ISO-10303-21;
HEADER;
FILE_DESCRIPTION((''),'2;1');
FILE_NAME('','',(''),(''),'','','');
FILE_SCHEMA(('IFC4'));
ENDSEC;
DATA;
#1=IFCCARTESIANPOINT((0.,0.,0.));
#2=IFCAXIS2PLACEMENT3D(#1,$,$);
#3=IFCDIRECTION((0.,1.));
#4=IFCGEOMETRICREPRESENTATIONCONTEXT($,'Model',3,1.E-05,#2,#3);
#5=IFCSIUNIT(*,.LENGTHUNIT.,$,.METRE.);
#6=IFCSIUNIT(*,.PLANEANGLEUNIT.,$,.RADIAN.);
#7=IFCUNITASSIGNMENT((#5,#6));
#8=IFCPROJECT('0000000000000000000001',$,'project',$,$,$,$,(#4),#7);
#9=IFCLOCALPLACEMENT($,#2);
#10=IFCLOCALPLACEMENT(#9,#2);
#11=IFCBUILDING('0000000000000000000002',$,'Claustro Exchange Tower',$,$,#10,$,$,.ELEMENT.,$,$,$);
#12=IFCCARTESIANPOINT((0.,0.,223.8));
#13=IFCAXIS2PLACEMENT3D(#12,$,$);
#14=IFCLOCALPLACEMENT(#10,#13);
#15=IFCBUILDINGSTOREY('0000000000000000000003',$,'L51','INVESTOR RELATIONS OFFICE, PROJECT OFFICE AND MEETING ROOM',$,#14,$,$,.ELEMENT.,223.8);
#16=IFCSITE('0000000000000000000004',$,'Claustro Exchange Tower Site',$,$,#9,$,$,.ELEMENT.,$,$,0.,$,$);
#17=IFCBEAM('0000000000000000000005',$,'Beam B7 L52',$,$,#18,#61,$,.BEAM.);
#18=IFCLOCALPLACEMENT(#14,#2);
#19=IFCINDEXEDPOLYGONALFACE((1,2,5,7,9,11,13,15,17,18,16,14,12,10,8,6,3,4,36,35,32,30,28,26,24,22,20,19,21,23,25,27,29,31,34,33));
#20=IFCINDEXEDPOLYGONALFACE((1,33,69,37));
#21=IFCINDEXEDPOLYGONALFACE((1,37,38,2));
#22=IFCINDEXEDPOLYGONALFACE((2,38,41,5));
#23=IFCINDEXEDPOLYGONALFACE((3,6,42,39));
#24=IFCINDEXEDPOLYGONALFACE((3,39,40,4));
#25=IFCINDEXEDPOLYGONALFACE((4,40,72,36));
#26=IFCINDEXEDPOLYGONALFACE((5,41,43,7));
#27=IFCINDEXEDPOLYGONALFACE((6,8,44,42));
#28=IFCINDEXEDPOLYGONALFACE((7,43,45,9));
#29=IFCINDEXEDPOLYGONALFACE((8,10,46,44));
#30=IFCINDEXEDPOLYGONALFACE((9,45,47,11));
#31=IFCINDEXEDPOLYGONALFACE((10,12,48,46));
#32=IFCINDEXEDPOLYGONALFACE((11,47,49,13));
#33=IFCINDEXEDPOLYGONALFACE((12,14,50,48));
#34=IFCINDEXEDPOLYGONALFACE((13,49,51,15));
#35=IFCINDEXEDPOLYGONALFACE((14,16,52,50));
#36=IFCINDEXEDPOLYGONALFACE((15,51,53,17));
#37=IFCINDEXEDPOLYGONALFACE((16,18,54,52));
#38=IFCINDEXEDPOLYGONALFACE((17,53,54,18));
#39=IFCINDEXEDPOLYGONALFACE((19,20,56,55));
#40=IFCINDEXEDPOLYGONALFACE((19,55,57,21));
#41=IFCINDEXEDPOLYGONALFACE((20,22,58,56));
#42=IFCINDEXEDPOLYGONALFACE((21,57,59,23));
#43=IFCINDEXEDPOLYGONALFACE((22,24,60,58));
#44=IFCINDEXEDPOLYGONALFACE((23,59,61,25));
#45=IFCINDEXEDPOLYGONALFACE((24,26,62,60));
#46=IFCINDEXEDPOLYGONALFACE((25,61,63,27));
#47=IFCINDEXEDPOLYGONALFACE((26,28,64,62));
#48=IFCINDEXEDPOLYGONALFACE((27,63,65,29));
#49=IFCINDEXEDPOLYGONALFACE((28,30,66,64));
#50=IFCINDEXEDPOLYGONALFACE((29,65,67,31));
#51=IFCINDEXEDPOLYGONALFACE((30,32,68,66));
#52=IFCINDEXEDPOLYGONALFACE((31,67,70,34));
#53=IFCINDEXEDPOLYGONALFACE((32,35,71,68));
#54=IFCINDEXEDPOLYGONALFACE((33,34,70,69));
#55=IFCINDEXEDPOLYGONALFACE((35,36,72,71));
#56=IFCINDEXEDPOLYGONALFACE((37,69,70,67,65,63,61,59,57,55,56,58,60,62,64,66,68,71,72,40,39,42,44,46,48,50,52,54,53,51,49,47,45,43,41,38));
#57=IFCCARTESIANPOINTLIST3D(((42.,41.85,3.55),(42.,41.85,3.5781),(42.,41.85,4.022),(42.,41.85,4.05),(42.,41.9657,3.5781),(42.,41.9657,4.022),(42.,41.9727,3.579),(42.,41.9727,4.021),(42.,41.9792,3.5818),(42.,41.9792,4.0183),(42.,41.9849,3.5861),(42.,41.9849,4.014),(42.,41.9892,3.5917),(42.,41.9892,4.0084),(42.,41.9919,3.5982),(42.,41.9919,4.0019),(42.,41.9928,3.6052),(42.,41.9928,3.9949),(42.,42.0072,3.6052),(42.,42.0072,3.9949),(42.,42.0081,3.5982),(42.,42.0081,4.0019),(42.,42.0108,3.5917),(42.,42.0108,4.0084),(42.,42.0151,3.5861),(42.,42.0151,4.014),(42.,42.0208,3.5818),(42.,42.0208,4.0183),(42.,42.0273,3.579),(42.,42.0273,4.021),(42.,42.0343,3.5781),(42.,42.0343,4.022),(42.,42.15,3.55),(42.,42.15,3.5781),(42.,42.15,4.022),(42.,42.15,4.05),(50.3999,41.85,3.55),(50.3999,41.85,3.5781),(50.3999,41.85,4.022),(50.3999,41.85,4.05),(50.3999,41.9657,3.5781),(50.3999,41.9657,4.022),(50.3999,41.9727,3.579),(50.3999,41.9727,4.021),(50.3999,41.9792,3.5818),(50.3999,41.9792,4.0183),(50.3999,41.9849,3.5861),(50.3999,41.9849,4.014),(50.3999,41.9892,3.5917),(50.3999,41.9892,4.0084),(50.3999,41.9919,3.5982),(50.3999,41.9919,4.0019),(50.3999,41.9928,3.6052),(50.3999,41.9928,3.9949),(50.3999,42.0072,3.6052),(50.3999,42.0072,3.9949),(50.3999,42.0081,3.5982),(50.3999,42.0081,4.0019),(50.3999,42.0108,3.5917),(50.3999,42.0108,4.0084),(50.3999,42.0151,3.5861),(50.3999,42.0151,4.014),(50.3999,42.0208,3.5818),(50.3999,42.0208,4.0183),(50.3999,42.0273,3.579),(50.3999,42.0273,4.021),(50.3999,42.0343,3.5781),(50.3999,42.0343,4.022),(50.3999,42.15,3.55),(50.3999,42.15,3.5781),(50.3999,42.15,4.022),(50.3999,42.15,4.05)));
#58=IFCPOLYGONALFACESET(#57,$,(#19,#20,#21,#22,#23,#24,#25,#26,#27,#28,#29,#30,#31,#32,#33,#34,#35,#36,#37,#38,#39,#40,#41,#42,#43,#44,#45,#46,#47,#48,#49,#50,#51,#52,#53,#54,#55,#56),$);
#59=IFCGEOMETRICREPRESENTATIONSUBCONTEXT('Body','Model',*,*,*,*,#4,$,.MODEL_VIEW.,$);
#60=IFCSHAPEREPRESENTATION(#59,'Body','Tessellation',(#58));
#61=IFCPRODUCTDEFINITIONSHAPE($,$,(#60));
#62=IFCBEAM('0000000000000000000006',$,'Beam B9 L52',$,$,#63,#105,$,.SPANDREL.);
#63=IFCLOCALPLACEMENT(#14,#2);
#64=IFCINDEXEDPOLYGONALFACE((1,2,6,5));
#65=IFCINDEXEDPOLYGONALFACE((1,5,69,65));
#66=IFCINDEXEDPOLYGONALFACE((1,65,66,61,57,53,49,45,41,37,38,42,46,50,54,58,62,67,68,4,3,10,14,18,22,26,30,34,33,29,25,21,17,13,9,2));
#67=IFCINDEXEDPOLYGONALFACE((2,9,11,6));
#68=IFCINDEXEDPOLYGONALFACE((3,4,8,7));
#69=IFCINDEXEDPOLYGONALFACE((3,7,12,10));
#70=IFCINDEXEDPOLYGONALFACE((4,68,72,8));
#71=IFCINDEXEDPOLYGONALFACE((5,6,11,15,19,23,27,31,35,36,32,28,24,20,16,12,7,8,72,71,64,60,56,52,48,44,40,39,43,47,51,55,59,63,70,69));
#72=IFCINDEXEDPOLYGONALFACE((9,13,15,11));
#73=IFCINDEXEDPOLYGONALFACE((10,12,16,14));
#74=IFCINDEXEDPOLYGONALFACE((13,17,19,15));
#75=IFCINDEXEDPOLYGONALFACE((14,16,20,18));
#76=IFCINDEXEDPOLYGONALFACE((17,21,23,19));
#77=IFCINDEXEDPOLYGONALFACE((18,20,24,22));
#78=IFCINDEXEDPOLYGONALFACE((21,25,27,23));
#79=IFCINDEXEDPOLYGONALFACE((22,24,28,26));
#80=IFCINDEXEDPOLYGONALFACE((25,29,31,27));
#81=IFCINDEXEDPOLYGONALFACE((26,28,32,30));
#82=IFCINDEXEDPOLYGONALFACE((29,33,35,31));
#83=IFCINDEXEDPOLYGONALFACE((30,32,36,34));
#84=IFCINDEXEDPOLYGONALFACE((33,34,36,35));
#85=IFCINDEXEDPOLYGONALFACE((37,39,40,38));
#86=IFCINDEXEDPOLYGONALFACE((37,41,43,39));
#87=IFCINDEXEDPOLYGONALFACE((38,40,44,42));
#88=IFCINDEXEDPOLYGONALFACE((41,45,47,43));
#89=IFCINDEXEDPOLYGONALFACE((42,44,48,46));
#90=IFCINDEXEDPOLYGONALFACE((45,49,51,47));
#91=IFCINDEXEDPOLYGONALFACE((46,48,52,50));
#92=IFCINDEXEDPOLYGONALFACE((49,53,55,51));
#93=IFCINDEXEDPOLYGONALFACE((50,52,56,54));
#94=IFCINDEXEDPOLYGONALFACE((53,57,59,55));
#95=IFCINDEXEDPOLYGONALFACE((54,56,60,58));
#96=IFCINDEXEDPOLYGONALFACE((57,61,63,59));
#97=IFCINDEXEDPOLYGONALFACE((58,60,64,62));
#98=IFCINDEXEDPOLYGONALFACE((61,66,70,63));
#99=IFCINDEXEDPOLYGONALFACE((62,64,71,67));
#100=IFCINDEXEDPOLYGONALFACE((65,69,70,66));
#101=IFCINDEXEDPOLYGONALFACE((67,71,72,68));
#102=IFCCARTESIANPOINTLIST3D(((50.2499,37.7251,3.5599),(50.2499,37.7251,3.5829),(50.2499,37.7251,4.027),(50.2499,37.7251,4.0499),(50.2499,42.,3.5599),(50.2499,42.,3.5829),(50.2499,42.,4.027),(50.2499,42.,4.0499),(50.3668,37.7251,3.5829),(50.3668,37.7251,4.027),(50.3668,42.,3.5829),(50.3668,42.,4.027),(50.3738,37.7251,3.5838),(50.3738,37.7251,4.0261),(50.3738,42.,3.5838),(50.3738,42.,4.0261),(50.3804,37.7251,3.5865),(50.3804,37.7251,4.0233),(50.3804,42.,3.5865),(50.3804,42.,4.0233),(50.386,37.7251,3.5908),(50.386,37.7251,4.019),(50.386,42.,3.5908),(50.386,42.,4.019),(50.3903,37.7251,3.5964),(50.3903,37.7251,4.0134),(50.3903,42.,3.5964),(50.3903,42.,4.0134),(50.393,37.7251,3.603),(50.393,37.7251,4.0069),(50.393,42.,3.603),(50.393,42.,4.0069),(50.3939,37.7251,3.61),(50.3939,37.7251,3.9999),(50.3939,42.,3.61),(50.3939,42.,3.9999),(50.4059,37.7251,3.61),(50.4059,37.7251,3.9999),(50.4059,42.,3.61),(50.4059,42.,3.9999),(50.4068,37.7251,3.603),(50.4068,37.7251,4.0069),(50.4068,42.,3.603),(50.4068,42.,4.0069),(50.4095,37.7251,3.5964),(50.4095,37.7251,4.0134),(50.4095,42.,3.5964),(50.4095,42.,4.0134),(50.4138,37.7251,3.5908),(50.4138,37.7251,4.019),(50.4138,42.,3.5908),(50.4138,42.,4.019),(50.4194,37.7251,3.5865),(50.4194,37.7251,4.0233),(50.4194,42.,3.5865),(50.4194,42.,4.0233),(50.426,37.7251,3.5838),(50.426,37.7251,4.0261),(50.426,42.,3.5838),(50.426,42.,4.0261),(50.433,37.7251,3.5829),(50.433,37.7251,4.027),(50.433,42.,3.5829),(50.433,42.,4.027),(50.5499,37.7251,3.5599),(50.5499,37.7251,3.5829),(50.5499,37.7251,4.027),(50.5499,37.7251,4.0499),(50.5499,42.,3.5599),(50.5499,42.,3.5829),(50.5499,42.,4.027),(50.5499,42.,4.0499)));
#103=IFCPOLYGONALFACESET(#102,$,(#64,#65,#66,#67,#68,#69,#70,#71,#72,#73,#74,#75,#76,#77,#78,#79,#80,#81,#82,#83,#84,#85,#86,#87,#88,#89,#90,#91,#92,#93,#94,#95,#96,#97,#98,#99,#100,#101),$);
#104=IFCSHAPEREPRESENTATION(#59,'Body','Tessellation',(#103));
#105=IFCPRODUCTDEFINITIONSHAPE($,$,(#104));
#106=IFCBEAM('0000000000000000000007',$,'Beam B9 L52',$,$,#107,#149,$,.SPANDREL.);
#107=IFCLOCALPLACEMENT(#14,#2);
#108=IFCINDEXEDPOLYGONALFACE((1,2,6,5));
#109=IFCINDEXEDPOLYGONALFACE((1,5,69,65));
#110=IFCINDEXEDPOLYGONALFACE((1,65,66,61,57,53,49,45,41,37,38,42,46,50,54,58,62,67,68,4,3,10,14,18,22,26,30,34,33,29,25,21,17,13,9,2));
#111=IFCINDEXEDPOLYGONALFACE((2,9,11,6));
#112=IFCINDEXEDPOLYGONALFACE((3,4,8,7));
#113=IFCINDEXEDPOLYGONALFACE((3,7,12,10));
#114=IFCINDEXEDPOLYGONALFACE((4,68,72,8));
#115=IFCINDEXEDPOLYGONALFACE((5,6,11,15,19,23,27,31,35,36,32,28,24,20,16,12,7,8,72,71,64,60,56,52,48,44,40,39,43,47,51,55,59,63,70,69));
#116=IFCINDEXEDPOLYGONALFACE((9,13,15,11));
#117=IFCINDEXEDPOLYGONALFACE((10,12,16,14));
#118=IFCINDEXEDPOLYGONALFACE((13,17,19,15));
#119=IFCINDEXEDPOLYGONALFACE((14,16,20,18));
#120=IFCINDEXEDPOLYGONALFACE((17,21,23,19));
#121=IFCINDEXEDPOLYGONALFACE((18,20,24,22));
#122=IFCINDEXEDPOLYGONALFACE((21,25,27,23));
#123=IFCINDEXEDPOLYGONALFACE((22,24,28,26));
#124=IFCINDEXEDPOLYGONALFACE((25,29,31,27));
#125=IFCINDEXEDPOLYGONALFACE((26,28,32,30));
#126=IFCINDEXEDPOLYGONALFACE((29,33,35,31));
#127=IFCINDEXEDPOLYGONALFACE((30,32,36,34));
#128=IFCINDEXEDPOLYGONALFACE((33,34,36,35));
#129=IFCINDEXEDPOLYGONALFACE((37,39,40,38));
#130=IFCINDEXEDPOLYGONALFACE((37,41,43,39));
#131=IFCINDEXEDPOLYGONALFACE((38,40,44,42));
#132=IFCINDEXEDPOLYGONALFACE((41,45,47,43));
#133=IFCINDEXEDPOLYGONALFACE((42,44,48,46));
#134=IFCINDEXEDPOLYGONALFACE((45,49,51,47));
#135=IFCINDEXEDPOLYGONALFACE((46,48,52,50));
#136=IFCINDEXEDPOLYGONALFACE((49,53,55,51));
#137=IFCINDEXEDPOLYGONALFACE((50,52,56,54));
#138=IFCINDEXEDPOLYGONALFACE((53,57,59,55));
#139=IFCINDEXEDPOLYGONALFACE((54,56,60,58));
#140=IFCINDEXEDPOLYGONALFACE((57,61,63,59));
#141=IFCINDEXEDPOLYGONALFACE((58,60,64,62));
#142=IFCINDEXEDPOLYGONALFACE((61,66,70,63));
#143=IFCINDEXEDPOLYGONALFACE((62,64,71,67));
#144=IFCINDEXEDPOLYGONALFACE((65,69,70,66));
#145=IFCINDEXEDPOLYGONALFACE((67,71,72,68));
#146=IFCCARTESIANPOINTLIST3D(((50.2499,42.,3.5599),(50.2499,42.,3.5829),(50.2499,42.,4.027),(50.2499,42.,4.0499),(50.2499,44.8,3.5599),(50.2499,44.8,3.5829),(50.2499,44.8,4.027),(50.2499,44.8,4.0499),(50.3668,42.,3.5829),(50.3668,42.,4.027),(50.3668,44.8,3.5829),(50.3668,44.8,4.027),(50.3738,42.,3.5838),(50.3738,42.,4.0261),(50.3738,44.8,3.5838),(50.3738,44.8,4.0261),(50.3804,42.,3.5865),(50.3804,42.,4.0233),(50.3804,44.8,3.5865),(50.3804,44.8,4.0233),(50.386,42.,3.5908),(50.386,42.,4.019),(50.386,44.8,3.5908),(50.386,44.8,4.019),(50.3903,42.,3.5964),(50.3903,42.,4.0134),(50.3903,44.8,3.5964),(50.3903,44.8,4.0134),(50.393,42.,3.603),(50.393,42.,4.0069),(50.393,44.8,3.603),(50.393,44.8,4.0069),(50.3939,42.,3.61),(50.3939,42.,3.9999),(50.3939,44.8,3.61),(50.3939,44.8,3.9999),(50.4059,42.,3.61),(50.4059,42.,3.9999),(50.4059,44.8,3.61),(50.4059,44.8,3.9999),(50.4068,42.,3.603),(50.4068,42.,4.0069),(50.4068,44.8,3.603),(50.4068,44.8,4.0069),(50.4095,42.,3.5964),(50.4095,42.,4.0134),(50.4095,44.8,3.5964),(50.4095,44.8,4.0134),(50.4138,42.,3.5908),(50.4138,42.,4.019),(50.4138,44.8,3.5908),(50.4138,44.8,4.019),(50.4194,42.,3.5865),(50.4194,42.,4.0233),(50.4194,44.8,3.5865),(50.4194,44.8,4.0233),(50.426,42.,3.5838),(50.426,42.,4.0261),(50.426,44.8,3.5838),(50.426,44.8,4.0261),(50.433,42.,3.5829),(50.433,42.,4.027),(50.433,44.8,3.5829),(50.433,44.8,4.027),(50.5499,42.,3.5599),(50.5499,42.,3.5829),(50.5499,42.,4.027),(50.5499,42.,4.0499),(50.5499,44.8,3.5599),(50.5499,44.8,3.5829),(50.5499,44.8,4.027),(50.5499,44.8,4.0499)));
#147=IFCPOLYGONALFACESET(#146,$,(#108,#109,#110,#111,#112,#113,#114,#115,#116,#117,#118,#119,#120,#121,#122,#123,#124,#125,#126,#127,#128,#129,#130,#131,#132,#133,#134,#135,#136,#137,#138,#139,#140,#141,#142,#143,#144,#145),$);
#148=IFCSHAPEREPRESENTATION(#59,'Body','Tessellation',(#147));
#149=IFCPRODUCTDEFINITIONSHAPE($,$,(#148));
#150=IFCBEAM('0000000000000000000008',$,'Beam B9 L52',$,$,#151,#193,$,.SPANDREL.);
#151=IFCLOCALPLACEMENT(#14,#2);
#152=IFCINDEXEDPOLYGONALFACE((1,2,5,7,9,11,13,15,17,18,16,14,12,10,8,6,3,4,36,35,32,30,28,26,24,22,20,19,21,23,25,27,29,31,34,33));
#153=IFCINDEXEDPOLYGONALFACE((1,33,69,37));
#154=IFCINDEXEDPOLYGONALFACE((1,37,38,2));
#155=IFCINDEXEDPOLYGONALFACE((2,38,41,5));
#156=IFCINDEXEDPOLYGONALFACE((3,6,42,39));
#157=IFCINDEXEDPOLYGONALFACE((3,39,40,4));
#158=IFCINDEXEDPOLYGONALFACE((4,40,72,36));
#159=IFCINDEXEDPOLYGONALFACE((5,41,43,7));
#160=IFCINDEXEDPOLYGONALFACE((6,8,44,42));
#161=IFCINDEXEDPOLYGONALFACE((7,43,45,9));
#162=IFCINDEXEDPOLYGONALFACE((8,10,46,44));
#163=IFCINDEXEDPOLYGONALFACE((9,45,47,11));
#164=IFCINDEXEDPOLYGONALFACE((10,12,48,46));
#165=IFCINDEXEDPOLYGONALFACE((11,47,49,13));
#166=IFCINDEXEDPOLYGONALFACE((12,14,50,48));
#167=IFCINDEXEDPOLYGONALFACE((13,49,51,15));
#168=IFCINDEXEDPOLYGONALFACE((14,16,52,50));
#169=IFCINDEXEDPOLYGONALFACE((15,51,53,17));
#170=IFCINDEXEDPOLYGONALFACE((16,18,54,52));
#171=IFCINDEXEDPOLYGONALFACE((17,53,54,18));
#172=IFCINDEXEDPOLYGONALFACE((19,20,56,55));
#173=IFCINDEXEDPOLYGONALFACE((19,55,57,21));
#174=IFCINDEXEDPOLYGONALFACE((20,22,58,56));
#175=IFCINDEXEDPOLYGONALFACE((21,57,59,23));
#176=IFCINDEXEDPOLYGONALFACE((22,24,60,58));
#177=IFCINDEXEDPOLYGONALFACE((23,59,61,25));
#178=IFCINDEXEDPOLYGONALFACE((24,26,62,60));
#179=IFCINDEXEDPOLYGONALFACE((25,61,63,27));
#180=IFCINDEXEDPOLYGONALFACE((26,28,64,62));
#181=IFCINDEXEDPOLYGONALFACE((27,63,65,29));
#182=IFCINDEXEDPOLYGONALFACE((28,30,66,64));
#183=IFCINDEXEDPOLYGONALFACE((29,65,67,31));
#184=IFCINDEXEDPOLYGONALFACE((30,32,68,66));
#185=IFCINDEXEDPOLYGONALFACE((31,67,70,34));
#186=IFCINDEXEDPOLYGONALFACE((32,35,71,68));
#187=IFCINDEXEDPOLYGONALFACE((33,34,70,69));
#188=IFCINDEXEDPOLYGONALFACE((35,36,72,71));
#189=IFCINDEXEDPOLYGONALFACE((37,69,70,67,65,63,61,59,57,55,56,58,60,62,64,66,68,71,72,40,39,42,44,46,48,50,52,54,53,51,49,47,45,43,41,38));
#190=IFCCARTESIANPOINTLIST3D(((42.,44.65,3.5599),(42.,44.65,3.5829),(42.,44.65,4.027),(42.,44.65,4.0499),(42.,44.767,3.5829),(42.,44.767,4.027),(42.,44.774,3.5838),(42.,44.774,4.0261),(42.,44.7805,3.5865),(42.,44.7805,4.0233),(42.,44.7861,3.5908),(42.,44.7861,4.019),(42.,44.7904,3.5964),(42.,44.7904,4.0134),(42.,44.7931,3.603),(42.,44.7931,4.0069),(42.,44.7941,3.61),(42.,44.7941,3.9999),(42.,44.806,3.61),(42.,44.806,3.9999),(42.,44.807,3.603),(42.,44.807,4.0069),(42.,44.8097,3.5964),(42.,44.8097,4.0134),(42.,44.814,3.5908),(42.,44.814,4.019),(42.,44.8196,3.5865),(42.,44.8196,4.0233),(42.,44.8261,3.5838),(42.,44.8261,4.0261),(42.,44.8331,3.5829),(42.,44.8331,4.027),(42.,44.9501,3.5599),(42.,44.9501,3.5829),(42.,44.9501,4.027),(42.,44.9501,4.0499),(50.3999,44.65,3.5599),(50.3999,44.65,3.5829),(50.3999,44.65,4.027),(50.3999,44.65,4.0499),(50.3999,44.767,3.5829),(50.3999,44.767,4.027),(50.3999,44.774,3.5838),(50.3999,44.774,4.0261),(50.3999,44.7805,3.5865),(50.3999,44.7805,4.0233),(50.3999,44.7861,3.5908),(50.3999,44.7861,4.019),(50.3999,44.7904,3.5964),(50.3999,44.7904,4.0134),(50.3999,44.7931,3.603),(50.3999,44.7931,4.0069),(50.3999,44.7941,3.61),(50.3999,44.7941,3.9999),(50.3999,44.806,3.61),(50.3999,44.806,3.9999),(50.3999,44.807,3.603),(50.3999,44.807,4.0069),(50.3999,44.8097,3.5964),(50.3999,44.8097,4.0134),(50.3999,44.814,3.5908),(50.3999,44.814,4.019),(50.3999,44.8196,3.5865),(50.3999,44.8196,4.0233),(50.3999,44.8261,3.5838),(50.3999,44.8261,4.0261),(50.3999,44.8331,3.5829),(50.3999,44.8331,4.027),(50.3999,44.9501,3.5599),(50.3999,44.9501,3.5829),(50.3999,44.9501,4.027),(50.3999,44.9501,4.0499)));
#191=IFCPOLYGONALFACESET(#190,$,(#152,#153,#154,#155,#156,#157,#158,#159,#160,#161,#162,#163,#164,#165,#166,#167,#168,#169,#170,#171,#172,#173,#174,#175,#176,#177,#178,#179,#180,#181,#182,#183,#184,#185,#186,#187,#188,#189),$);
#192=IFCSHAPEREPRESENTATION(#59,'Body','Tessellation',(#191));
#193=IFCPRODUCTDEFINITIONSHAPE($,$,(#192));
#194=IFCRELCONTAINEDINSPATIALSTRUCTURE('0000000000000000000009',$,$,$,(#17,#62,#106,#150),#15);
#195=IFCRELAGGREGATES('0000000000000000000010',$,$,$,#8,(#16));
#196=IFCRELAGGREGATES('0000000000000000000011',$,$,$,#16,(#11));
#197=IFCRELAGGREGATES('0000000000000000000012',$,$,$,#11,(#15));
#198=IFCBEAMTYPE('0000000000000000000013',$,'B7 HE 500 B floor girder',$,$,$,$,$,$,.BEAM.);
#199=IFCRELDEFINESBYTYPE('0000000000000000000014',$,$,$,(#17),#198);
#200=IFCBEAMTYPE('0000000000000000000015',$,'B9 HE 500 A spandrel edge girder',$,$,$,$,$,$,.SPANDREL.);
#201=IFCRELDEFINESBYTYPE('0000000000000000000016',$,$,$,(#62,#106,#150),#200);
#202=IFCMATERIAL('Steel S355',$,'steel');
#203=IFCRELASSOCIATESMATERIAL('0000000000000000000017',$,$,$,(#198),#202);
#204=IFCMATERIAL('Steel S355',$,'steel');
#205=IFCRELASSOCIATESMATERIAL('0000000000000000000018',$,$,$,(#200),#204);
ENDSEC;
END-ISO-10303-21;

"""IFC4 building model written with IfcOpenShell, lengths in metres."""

from ifc_helpers import new_model, si_unit, direction, frame, origin, origin_2d, place, context, subcontext, project, spatial, i_section, extrude, material, material_profile, profile_set, type_object, element, save


model = new_model("IFC4")

# Units and contexts
model_context = context("Model", 3, precision=1e-05, world=origin(), true_north=direction((0.0, 1.0)))
body_context = subcontext(model_context, "Body", "Model", "MODEL_VIEW")
ifc_project = project(units=[si_unit("LENGTHUNIT", "METRE"), si_unit("PLANEANGLEUNIT", "RADIAN")], contexts=[model_context])

# Site, building, storey
site_placement = place(None, origin())
site = spatial("IfcSite", under=ifc_project, at=site_placement, Name="Claustro Exchange Tower Site", CompositionType="ELEMENT", RefElevation=0.0)
building_placement = place(site_placement, origin())
building = spatial("IfcBuilding", under=site, at=building_placement, Name="Claustro Exchange Tower", CompositionType="ELEMENT")
storey_placement = place(building_placement, frame((0.0, 0.0, 223.8)))
storey = spatial("IfcBuildingStorey", under=building, at=storey_placement, Name="L51", Description="INVESTOR RELATIONS OFFICE, PROJECT OFFICE AND MEETING ROOM", CompositionType="ELEMENT", Elevation=223.8)

# Beams
ifc_material_1 = material(Name="Steel S355", Category="steel")
ifc_material_profile_1 = material_profile(ifc_material_1, i_section(OverallWidth=0.3, OverallDepth=0.5, WebThickness=0.0144, FlangeThickness=0.0281, FilletRadius=0.0271, at=origin_2d()), Name="HE 500 B")
ifc_profile_set_1 = profile_set([ifc_material_profile_1], Name="Steel S355")
beam_type_1 = type_object("IfcBeamType", Name="B7 HE 500 B floor girder", PredefinedType="BEAM", material=ifc_profile_set_1)
beam_1_placement = place(storey_placement, frame((42.0, 42.0, 3.8), z_axis=(1.0, 0.0, 0.0), x_axis=(0.0, 1.0, 0.0)))
element("IfcBeam", 1, at=beam_1_placement, inside=storey, type_object=beam_type_1, Name="Beam B7 L52", PredefinedType="BEAM", context=body_context, shape_type="SweptSolid", body=[
    extrude(i_section(OverallWidth=0.3, OverallDepth=0.5, WebThickness=0.0144, FlangeThickness=0.0281, FilletRadius=0.0271, at=origin_2d()), origin(), (0.0, 0.0, 1.0), 8.3999),
])
ifc_material_2 = material(Name="Steel S355", Category="steel")
ifc_material_profile_2 = material_profile(ifc_material_2, i_section(OverallWidth=0.3, OverallDepth=0.49, WebThickness=0.012, FlangeThickness=0.0229, FilletRadius=0.0271, at=origin_2d()), Name="HE 500 A")
ifc_profile_set_2 = profile_set([ifc_material_profile_2], Name="Steel S355")
beam_type_2 = type_object("IfcBeamType", Name="B9 HE 500 A spandrel edge girder", PredefinedType="SPANDREL", material=ifc_profile_set_2)
beam_2_placement = place(storey_placement, frame((50.3999, 37.7251, 3.8049), z_axis=(0.0, 1.0, 0.0), x_axis=(-1.0, 0.0, 0.0)))
element("IfcBeam", 2, at=beam_2_placement, inside=storey, type_object=beam_type_2, Name="Beam B9 L52", PredefinedType="SPANDREL", context=body_context, shape_type="SweptSolid", body=[
    extrude(i_section(OverallWidth=0.3, OverallDepth=0.49, WebThickness=0.012, FlangeThickness=0.0229, FilletRadius=0.0271, at=origin_2d()), origin(), (0.0, 0.0, 1.0), 4.2749),
])
beam_3_placement = place(storey_placement, frame((50.3999, 42.0, 3.8049), z_axis=(0.0, 1.0, 0.0), x_axis=(-1.0, 0.0, 0.0)))
element("IfcBeam", 3, at=beam_3_placement, inside=storey, type_object=beam_type_2, Name="Beam B9 L52", PredefinedType="SPANDREL", context=body_context, shape_type="SweptSolid", body=[
    extrude(i_section(OverallWidth=0.3, OverallDepth=0.49, WebThickness=0.012, FlangeThickness=0.0229, FilletRadius=0.0271, at=origin_2d()), origin(), (0.0, 0.0, 1.0), 2.8),
])
beam_4_placement = place(storey_placement, frame((42.0, 44.8, 3.8049), z_axis=(1.0, 0.0, 0.0), x_axis=(0.0, 1.0, 0.0)))
element("IfcBeam", 4, at=beam_4_placement, inside=storey, type_object=beam_type_2, Name="Beam B9 L52", PredefinedType="SPANDREL", context=body_context, shape_type="SweptSolid", body=[
    extrude(i_section(OverallWidth=0.3, OverallDepth=0.49, WebThickness=0.012, FlangeThickness=0.0229, FilletRadius=0.0271, at=origin_2d()), origin(), (0.0, 0.0, 1.0), 8.3999),
])

save(model, "model.ifc")
